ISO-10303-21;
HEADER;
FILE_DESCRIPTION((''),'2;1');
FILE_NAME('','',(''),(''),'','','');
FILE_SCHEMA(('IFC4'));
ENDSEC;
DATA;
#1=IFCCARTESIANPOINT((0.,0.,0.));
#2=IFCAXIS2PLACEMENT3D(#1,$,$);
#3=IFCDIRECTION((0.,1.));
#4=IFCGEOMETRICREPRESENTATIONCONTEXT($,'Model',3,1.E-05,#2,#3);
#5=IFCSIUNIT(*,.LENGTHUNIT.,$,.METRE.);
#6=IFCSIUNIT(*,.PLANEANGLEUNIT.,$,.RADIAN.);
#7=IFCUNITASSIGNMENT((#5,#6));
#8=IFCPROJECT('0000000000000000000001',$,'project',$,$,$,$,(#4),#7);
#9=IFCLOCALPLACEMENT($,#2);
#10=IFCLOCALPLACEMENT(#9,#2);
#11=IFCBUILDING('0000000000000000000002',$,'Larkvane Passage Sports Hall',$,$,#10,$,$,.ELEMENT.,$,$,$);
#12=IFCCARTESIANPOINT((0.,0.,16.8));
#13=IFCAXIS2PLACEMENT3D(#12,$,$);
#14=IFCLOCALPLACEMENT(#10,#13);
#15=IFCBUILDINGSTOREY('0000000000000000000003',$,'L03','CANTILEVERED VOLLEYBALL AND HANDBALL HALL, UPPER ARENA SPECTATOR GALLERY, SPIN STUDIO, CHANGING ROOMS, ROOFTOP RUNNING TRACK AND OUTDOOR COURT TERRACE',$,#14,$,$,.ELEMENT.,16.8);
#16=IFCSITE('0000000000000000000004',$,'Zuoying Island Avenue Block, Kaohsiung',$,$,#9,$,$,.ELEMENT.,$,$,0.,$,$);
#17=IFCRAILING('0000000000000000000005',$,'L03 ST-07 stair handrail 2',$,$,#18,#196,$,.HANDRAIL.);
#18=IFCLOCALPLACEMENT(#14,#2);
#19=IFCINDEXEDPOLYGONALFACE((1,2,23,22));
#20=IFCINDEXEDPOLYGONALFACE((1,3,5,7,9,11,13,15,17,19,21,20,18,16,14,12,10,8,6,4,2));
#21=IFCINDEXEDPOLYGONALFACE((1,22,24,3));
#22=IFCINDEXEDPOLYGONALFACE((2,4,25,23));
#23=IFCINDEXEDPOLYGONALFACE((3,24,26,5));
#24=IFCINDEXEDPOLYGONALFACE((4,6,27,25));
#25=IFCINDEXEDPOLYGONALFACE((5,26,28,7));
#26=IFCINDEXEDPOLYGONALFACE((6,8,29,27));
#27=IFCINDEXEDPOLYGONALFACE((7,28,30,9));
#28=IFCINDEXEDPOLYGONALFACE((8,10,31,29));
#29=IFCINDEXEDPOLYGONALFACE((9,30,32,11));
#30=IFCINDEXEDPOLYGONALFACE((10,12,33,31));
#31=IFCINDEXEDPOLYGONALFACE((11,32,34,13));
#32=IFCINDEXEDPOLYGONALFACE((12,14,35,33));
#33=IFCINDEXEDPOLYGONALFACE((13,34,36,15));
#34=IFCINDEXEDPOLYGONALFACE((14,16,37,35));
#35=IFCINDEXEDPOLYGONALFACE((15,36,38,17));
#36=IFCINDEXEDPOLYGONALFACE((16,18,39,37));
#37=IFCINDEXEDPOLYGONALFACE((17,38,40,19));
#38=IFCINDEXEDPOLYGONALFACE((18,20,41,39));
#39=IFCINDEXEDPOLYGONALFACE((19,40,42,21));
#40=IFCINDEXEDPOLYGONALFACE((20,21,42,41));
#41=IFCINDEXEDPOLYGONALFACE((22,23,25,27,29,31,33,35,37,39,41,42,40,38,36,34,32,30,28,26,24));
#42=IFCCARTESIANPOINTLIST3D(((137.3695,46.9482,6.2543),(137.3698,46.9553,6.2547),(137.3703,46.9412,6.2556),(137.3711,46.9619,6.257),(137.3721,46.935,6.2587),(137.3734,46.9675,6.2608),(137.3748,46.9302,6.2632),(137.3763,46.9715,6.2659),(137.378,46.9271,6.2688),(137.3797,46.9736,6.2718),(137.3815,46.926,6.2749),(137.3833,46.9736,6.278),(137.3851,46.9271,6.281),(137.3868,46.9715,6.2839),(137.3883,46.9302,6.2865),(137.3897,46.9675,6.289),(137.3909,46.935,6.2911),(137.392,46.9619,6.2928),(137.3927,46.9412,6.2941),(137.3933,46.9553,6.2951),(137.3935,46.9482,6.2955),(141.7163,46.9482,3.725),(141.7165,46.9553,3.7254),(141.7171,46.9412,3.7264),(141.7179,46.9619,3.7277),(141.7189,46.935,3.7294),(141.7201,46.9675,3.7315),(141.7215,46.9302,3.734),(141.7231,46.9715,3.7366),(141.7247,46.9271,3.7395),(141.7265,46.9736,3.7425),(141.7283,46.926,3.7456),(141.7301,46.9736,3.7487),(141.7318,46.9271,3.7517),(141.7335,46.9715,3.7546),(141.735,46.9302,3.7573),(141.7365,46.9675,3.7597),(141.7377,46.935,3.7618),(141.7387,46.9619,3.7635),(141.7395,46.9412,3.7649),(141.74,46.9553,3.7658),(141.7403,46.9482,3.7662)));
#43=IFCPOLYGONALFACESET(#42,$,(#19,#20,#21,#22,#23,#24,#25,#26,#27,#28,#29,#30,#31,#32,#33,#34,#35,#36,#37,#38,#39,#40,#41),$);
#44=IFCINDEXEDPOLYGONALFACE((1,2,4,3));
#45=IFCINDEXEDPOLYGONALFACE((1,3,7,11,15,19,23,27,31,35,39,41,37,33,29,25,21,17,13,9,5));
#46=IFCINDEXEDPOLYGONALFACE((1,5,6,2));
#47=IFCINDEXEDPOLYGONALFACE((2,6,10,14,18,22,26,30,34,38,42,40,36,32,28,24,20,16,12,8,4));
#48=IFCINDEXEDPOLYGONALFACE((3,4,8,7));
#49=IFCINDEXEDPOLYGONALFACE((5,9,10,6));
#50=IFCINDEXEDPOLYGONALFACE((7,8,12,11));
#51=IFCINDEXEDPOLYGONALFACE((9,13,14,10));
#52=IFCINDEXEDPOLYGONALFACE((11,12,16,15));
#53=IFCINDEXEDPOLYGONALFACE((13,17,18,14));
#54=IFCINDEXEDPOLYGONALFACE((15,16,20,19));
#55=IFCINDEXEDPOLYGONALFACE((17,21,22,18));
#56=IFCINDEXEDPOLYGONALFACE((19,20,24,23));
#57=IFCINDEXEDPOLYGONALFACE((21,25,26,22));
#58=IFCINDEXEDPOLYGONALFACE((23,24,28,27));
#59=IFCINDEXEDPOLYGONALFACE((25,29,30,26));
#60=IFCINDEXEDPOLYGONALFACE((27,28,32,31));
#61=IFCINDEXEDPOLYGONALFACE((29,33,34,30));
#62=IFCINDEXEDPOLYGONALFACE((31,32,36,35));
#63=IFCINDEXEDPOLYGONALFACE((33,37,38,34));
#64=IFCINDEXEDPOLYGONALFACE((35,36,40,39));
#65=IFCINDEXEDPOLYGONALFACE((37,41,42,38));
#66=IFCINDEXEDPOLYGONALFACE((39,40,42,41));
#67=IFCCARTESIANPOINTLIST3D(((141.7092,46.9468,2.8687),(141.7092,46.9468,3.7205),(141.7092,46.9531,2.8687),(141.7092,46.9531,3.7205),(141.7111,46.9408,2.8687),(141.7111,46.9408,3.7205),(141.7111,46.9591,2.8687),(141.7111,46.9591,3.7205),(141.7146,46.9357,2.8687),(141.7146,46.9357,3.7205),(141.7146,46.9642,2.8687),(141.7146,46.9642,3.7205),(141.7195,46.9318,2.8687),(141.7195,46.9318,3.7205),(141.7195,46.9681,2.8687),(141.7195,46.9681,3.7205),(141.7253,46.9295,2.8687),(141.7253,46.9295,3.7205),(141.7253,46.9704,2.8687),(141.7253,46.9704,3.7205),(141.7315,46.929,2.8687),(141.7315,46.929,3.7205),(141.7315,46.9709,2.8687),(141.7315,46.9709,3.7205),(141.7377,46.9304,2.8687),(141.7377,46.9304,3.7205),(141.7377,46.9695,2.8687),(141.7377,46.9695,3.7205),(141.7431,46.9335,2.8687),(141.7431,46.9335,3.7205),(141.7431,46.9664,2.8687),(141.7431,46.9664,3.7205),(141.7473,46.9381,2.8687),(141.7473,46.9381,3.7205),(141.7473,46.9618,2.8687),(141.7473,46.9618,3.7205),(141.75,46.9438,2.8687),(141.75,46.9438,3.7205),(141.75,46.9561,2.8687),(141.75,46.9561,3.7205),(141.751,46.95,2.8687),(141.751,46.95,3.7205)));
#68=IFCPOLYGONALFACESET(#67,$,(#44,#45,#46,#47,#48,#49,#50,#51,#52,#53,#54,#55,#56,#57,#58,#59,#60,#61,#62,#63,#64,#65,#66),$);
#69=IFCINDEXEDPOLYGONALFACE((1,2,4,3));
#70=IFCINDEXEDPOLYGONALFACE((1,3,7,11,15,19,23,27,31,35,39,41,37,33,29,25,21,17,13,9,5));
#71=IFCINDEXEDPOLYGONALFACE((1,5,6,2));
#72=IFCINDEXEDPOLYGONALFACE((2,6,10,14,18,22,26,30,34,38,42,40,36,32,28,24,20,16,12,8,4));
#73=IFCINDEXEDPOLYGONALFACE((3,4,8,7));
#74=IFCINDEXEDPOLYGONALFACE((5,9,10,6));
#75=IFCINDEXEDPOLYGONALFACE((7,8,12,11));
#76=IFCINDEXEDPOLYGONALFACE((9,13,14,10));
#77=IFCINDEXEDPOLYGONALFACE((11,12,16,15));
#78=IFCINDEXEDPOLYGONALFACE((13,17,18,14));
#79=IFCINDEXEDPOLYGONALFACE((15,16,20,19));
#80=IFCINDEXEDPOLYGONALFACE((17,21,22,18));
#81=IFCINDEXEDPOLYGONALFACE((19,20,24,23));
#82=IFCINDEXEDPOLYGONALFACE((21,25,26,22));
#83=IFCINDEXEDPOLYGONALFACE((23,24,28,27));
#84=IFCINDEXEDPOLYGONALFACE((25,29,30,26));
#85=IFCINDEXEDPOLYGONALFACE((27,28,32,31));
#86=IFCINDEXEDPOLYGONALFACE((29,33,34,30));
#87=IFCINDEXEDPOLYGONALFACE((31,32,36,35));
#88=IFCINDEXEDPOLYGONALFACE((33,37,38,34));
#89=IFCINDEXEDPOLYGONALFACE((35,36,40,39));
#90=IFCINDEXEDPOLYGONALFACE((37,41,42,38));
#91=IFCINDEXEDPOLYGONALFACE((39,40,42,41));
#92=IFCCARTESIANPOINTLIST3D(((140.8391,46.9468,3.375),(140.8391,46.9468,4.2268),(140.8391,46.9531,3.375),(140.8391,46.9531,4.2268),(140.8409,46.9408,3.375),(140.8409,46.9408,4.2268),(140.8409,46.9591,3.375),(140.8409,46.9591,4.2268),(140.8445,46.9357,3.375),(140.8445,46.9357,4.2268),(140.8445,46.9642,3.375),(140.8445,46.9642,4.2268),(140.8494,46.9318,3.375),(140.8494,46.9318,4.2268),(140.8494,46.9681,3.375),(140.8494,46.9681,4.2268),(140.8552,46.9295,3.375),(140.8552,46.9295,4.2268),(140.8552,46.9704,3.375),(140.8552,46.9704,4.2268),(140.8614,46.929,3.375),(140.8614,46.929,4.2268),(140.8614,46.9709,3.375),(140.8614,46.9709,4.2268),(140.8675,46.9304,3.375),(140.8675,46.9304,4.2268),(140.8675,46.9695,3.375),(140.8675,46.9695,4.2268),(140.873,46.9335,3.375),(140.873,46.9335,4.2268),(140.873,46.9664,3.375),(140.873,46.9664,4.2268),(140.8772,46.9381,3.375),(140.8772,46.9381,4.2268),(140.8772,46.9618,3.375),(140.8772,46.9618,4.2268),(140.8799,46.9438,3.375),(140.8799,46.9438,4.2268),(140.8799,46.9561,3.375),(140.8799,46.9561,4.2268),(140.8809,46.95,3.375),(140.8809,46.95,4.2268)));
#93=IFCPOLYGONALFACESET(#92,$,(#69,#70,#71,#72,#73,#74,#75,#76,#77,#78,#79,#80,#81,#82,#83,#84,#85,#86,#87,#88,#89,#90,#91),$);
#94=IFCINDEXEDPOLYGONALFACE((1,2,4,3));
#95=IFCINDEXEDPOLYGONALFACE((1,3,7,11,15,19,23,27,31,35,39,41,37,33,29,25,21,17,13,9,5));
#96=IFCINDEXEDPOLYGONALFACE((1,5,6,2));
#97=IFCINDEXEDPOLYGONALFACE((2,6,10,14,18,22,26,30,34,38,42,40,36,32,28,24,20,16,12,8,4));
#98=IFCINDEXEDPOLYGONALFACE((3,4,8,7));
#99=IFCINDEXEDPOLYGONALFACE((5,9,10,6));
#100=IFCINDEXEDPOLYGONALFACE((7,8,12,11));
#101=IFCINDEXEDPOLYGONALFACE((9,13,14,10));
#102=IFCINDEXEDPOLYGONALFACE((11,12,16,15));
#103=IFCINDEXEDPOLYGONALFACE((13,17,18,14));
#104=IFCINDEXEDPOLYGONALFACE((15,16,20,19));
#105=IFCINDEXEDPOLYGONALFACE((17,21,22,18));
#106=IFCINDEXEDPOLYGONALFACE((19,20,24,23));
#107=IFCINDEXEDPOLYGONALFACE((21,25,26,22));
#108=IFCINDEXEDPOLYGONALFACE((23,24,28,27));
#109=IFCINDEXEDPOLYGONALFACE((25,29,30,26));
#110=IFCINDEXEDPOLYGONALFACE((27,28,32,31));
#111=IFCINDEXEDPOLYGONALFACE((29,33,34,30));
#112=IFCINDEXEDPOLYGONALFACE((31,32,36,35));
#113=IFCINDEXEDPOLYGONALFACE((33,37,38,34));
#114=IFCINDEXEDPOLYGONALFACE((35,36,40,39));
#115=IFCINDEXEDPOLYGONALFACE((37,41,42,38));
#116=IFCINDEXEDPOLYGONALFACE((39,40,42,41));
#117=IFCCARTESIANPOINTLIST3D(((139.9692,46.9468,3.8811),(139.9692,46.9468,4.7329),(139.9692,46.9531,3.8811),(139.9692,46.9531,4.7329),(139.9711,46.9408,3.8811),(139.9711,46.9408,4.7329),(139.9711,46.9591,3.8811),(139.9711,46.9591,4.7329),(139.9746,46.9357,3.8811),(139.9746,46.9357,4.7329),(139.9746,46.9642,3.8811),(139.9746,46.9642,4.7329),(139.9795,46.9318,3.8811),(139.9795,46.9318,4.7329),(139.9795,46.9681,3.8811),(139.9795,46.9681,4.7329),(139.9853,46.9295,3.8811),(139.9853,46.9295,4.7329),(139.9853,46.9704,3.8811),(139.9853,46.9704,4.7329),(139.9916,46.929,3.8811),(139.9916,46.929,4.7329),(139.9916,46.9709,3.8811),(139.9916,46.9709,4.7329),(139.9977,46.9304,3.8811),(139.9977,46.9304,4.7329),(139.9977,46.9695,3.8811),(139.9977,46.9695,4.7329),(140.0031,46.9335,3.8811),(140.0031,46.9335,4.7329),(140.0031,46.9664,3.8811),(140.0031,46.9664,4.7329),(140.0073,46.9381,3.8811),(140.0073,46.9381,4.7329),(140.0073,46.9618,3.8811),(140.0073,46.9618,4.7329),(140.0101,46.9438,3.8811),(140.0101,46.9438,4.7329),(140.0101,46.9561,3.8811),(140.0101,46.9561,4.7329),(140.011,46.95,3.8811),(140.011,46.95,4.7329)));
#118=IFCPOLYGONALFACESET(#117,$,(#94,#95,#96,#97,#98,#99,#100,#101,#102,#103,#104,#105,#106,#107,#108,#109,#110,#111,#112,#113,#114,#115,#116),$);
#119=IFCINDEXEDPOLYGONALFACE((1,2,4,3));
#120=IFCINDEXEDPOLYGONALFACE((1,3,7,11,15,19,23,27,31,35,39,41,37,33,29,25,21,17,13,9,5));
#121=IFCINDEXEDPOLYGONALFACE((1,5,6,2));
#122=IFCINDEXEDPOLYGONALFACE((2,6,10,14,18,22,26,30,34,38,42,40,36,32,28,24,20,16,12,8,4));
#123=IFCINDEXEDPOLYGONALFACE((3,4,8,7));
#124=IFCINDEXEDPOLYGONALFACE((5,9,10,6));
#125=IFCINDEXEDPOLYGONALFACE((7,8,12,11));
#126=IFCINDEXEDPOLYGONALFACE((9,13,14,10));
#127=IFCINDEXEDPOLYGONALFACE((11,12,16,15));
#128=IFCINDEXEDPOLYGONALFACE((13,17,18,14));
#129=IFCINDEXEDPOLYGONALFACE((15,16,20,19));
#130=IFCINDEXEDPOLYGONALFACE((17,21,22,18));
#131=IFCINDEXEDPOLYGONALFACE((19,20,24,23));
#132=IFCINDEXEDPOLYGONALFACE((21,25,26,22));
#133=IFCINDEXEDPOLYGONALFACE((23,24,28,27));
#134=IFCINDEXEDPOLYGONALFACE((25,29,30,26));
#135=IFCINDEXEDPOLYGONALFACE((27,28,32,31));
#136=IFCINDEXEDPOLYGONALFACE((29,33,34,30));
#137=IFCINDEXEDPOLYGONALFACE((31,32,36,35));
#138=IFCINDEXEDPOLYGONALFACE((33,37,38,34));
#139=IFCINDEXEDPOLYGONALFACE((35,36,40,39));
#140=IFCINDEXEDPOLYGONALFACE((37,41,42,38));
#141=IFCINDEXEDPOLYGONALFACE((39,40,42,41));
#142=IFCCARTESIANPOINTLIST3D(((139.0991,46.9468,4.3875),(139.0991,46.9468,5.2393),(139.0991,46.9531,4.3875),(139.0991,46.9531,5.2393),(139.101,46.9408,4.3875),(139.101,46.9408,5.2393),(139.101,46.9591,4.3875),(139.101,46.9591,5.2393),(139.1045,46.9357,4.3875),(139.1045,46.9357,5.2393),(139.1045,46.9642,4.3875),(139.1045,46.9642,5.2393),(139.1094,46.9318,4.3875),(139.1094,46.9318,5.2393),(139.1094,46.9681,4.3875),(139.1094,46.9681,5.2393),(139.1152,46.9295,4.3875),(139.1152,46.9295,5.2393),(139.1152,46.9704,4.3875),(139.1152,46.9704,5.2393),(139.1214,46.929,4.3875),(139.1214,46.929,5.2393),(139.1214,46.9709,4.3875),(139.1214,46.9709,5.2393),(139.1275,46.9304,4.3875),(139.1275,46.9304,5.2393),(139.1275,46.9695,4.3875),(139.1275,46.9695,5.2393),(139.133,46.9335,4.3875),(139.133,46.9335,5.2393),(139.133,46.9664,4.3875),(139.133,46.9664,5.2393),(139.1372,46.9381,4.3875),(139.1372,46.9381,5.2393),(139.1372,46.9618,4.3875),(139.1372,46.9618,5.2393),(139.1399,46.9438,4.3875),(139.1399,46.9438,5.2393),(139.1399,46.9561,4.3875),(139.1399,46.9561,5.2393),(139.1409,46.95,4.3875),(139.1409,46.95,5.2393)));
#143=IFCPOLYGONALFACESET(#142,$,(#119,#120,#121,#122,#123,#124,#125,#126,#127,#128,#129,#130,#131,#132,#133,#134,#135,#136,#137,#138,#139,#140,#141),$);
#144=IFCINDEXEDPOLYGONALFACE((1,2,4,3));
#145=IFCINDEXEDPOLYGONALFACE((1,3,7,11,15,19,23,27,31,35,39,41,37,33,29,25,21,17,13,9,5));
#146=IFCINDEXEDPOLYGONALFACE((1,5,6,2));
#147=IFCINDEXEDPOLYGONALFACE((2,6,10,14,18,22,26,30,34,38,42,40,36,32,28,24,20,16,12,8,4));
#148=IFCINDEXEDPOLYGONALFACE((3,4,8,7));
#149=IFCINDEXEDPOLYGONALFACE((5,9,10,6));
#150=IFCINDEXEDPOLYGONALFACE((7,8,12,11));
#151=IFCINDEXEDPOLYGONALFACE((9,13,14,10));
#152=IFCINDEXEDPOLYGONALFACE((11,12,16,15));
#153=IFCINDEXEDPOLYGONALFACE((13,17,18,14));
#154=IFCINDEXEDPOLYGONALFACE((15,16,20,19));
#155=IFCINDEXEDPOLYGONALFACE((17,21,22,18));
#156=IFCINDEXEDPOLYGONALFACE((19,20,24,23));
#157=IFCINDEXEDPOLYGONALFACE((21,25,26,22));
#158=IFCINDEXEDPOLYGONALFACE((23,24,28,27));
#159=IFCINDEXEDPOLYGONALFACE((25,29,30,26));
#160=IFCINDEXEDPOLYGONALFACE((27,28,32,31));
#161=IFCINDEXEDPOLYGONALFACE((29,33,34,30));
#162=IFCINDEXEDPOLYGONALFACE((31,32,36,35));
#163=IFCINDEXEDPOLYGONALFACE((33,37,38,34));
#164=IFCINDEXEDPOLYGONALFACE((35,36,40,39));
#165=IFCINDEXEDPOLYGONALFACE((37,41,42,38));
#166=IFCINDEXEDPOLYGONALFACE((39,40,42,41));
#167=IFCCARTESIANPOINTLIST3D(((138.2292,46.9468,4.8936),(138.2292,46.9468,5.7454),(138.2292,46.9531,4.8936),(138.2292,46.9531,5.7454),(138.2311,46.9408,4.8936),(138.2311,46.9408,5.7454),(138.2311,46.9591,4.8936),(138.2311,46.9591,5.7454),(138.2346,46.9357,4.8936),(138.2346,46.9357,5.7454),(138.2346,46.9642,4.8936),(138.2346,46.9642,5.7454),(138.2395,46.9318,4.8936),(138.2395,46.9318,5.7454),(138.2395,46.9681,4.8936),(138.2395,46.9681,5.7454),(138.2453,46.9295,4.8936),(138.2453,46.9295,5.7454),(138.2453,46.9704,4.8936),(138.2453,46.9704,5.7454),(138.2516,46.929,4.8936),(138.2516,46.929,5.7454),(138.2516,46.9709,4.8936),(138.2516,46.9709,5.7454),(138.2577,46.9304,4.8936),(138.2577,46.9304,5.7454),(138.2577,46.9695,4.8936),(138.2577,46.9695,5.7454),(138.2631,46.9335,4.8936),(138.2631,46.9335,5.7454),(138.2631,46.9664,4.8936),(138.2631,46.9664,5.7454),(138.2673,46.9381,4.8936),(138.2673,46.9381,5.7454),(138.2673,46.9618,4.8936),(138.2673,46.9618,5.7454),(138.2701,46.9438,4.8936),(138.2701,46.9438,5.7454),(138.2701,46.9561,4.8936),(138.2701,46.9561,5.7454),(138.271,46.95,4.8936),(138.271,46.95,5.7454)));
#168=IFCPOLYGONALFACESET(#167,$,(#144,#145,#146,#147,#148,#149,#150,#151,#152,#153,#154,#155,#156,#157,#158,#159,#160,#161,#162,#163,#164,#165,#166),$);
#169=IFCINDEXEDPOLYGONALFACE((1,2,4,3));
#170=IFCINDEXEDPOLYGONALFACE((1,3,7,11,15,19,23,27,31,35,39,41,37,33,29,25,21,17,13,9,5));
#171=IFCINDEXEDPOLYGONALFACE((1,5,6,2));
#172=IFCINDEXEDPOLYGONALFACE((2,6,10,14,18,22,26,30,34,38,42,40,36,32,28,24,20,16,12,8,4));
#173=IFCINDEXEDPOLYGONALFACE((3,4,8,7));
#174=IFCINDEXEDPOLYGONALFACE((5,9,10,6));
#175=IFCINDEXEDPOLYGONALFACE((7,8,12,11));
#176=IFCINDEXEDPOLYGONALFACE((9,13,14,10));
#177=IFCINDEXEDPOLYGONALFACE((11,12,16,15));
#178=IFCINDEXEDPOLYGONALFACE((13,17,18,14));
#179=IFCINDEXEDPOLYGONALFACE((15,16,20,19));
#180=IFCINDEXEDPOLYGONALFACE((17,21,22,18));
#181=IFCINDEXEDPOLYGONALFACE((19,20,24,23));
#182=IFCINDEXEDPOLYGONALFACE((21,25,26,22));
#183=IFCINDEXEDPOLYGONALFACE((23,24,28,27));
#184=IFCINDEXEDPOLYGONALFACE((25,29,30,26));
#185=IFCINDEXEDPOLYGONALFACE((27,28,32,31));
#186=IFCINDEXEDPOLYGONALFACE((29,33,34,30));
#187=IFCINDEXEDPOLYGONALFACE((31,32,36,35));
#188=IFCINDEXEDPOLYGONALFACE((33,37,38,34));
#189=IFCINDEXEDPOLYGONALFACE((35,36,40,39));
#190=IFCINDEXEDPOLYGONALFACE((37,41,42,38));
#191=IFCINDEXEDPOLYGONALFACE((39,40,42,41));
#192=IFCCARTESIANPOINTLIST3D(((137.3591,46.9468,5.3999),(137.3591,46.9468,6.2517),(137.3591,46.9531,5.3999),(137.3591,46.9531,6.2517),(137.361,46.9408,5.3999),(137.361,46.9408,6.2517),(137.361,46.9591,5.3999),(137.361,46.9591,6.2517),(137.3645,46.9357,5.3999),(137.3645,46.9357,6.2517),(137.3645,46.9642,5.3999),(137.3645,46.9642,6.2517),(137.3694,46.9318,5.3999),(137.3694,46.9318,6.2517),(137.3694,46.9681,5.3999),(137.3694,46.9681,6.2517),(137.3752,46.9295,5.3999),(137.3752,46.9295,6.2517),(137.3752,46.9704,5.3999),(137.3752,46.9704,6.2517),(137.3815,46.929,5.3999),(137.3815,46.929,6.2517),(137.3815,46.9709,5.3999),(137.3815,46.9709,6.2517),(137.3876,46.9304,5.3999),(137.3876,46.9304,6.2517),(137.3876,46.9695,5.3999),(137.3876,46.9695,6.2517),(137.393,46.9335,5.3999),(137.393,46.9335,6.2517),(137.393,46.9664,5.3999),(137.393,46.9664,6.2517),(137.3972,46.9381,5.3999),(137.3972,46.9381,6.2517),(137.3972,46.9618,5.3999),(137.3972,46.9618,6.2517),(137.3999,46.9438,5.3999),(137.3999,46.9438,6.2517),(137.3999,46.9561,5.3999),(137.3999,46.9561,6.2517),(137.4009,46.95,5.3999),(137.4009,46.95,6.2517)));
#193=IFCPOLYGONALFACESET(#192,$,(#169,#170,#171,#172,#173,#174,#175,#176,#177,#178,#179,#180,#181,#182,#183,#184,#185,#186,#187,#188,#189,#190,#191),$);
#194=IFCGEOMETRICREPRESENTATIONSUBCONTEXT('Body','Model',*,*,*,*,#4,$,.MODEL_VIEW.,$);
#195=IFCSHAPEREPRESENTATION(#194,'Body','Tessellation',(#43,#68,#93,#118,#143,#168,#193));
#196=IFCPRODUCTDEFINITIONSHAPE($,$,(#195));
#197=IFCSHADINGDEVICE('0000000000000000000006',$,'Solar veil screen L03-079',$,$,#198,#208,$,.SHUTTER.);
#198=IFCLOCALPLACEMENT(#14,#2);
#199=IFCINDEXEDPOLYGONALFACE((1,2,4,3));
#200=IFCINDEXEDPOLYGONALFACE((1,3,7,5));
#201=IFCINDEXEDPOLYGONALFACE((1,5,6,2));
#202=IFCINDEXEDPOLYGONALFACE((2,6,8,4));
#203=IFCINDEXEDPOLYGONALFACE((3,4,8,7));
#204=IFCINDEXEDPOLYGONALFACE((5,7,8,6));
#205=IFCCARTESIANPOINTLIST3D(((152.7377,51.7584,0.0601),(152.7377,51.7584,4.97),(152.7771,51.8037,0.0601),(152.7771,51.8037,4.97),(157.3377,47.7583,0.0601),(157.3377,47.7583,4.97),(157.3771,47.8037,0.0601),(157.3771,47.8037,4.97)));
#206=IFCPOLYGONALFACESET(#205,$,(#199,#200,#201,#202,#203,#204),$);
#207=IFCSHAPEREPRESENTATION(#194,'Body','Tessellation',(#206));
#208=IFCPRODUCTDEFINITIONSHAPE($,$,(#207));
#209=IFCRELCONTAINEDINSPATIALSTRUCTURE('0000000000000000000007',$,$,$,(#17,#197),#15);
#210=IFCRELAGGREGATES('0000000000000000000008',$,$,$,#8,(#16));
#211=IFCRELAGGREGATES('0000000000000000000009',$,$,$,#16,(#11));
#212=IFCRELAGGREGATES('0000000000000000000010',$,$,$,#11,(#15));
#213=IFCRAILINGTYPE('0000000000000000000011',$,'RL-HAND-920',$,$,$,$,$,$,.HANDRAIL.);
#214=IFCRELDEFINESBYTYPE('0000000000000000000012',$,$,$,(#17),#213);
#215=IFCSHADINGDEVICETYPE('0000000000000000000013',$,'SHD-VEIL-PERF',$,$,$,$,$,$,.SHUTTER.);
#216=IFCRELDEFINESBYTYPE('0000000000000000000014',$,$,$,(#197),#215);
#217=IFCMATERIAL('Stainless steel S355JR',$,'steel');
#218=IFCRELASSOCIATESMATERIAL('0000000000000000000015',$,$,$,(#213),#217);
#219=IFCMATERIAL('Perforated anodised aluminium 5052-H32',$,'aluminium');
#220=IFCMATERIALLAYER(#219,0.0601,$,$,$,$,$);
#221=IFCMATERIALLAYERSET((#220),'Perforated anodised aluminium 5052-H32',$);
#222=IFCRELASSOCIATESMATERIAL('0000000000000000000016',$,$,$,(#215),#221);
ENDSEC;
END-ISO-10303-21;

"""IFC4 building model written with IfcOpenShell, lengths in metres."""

from ifc_helpers import new_model, si_unit, direction, frame, origin, origin_2d, place, context, subcontext, project, spatial, rectangle, circle, extrude, material, layer, layer_set, type_object, element, save


model = new_model("IFC4")

# Units and contexts
model_context = context("Model", 3, precision=1e-05, world=origin(), true_north=direction((0.0, 1.0)))
body_context = subcontext(model_context, "Body", "Model", "MODEL_VIEW")
ifc_project = project(units=[si_unit("LENGTHUNIT", "METRE"), si_unit("PLANEANGLEUNIT", "RADIAN")], contexts=[model_context])

# Site, building, storey
site_placement = place(None, origin())
site = spatial("IfcSite", under=ifc_project, at=site_placement, Name="Zuoying Island Avenue Block, Kaohsiung", CompositionType="ELEMENT", RefElevation=0.0)
building_placement = place(site_placement, origin())
building = spatial("IfcBuilding", under=site, at=building_placement, Name="Larkvane Passage Sports Hall", CompositionType="ELEMENT")
storey_placement = place(building_placement, frame((0.0, 0.0, 16.8)))
storey = spatial("IfcBuildingStorey", under=building, at=storey_placement, Name="L03", Description="CANTILEVERED VOLLEYBALL AND HANDBALL HALL, UPPER ARENA SPECTATOR GALLERY, SPIN STUDIO, CHANGING ROOMS, ROOFTOP RUNNING TRACK AND OUTDOOR COURT TERRACE", CompositionType="ELEMENT", Elevation=16.8)

# Railing
ifc_material_1 = material(Name="Stainless steel S355JR", Category="steel")
railing_type_1 = type_object("IfcRailingType", Name="RL-HAND-920", PredefinedType="HANDRAIL", material=ifc_material_1)
railing_1_placement = place(storey_placement, frame((141.73, 46.95, 2.8687)))
element("IfcRailing", 1, at=railing_1_placement, inside=storey, type_object=railing_type_1, Name="L03 ST-07 stair handrail 2", PredefinedType="HANDRAIL", context=body_context, shape_type="SweptSolid", body=[
    extrude(circle(Radius=0.0239, at=origin_2d()), frame((-0.0017, 0.0, 0.877), z_axis=(-0.864324, 0.0, 0.502936), x_axis=(0.0, -1.0, 0.0)), (0.0, 0.0, 1.0), 5.0291),
    extrude(circle(Radius=0.021, at=origin_2d()), origin(), (0.0, 0.0, 1.0), 0.8518),
    extrude(circle(Radius=0.021, at=origin_2d()), frame((-0.8701, 0.0, 0.5063)), (0.0, 0.0, 1.0), 0.8518),
    extrude(circle(Radius=0.021, at=origin_2d()), frame((-1.74, 0.0, 1.0125)), (0.0, 0.0, 1.0), 0.8518),
    extrude(circle(Radius=0.021, at=origin_2d()), frame((-2.6101, 0.0, 1.5188)), (0.0, 0.0, 1.0), 0.8518),
    extrude(circle(Radius=0.021, at=origin_2d()), frame((-3.48, 0.0, 2.0249)), (0.0, 0.0, 1.0), 0.8518),
    extrude(circle(Radius=0.021, at=origin_2d()), frame((-4.3501, 0.0, 2.5312)), (0.0, 0.0, 1.0), 0.8518),
])

# Shading device
ifc_material_2 = material(Name="Perforated anodised aluminium 5052-H32", Category="aluminium")
ifc_layer_1 = layer(ifc_material_2, 0.0601)
ifc_layer_set_1 = layer_set([ifc_layer_1], Name="Perforated anodised aluminium 5052-H32")
shading_device_type = type_object("IfcShadingDeviceType", Name="SHD-VEIL-PERF", PredefinedType="SHUTTER", material=ifc_layer_set_1)
shading_device_placement = place(storey_placement, frame((155.0574, 49.781, 0.0601), z_axis=(0.0, 0.0, 1.0), x_axis=(0.754606, -0.656179, 0.0)))
element("IfcShadingDevice", 2, at=shading_device_placement, inside=storey, type_object=shading_device_type, Name="Solar veil screen L03-079", PredefinedType="SHUTTER", context=body_context, shape_type="SweptSolid", body=[
    extrude(rectangle(XDim=6.0959, YDim=0.0601, at=origin_2d()), origin(), (0.0, 0.0, 1.0), 4.9099),
])

save(model, "model.ifc")
